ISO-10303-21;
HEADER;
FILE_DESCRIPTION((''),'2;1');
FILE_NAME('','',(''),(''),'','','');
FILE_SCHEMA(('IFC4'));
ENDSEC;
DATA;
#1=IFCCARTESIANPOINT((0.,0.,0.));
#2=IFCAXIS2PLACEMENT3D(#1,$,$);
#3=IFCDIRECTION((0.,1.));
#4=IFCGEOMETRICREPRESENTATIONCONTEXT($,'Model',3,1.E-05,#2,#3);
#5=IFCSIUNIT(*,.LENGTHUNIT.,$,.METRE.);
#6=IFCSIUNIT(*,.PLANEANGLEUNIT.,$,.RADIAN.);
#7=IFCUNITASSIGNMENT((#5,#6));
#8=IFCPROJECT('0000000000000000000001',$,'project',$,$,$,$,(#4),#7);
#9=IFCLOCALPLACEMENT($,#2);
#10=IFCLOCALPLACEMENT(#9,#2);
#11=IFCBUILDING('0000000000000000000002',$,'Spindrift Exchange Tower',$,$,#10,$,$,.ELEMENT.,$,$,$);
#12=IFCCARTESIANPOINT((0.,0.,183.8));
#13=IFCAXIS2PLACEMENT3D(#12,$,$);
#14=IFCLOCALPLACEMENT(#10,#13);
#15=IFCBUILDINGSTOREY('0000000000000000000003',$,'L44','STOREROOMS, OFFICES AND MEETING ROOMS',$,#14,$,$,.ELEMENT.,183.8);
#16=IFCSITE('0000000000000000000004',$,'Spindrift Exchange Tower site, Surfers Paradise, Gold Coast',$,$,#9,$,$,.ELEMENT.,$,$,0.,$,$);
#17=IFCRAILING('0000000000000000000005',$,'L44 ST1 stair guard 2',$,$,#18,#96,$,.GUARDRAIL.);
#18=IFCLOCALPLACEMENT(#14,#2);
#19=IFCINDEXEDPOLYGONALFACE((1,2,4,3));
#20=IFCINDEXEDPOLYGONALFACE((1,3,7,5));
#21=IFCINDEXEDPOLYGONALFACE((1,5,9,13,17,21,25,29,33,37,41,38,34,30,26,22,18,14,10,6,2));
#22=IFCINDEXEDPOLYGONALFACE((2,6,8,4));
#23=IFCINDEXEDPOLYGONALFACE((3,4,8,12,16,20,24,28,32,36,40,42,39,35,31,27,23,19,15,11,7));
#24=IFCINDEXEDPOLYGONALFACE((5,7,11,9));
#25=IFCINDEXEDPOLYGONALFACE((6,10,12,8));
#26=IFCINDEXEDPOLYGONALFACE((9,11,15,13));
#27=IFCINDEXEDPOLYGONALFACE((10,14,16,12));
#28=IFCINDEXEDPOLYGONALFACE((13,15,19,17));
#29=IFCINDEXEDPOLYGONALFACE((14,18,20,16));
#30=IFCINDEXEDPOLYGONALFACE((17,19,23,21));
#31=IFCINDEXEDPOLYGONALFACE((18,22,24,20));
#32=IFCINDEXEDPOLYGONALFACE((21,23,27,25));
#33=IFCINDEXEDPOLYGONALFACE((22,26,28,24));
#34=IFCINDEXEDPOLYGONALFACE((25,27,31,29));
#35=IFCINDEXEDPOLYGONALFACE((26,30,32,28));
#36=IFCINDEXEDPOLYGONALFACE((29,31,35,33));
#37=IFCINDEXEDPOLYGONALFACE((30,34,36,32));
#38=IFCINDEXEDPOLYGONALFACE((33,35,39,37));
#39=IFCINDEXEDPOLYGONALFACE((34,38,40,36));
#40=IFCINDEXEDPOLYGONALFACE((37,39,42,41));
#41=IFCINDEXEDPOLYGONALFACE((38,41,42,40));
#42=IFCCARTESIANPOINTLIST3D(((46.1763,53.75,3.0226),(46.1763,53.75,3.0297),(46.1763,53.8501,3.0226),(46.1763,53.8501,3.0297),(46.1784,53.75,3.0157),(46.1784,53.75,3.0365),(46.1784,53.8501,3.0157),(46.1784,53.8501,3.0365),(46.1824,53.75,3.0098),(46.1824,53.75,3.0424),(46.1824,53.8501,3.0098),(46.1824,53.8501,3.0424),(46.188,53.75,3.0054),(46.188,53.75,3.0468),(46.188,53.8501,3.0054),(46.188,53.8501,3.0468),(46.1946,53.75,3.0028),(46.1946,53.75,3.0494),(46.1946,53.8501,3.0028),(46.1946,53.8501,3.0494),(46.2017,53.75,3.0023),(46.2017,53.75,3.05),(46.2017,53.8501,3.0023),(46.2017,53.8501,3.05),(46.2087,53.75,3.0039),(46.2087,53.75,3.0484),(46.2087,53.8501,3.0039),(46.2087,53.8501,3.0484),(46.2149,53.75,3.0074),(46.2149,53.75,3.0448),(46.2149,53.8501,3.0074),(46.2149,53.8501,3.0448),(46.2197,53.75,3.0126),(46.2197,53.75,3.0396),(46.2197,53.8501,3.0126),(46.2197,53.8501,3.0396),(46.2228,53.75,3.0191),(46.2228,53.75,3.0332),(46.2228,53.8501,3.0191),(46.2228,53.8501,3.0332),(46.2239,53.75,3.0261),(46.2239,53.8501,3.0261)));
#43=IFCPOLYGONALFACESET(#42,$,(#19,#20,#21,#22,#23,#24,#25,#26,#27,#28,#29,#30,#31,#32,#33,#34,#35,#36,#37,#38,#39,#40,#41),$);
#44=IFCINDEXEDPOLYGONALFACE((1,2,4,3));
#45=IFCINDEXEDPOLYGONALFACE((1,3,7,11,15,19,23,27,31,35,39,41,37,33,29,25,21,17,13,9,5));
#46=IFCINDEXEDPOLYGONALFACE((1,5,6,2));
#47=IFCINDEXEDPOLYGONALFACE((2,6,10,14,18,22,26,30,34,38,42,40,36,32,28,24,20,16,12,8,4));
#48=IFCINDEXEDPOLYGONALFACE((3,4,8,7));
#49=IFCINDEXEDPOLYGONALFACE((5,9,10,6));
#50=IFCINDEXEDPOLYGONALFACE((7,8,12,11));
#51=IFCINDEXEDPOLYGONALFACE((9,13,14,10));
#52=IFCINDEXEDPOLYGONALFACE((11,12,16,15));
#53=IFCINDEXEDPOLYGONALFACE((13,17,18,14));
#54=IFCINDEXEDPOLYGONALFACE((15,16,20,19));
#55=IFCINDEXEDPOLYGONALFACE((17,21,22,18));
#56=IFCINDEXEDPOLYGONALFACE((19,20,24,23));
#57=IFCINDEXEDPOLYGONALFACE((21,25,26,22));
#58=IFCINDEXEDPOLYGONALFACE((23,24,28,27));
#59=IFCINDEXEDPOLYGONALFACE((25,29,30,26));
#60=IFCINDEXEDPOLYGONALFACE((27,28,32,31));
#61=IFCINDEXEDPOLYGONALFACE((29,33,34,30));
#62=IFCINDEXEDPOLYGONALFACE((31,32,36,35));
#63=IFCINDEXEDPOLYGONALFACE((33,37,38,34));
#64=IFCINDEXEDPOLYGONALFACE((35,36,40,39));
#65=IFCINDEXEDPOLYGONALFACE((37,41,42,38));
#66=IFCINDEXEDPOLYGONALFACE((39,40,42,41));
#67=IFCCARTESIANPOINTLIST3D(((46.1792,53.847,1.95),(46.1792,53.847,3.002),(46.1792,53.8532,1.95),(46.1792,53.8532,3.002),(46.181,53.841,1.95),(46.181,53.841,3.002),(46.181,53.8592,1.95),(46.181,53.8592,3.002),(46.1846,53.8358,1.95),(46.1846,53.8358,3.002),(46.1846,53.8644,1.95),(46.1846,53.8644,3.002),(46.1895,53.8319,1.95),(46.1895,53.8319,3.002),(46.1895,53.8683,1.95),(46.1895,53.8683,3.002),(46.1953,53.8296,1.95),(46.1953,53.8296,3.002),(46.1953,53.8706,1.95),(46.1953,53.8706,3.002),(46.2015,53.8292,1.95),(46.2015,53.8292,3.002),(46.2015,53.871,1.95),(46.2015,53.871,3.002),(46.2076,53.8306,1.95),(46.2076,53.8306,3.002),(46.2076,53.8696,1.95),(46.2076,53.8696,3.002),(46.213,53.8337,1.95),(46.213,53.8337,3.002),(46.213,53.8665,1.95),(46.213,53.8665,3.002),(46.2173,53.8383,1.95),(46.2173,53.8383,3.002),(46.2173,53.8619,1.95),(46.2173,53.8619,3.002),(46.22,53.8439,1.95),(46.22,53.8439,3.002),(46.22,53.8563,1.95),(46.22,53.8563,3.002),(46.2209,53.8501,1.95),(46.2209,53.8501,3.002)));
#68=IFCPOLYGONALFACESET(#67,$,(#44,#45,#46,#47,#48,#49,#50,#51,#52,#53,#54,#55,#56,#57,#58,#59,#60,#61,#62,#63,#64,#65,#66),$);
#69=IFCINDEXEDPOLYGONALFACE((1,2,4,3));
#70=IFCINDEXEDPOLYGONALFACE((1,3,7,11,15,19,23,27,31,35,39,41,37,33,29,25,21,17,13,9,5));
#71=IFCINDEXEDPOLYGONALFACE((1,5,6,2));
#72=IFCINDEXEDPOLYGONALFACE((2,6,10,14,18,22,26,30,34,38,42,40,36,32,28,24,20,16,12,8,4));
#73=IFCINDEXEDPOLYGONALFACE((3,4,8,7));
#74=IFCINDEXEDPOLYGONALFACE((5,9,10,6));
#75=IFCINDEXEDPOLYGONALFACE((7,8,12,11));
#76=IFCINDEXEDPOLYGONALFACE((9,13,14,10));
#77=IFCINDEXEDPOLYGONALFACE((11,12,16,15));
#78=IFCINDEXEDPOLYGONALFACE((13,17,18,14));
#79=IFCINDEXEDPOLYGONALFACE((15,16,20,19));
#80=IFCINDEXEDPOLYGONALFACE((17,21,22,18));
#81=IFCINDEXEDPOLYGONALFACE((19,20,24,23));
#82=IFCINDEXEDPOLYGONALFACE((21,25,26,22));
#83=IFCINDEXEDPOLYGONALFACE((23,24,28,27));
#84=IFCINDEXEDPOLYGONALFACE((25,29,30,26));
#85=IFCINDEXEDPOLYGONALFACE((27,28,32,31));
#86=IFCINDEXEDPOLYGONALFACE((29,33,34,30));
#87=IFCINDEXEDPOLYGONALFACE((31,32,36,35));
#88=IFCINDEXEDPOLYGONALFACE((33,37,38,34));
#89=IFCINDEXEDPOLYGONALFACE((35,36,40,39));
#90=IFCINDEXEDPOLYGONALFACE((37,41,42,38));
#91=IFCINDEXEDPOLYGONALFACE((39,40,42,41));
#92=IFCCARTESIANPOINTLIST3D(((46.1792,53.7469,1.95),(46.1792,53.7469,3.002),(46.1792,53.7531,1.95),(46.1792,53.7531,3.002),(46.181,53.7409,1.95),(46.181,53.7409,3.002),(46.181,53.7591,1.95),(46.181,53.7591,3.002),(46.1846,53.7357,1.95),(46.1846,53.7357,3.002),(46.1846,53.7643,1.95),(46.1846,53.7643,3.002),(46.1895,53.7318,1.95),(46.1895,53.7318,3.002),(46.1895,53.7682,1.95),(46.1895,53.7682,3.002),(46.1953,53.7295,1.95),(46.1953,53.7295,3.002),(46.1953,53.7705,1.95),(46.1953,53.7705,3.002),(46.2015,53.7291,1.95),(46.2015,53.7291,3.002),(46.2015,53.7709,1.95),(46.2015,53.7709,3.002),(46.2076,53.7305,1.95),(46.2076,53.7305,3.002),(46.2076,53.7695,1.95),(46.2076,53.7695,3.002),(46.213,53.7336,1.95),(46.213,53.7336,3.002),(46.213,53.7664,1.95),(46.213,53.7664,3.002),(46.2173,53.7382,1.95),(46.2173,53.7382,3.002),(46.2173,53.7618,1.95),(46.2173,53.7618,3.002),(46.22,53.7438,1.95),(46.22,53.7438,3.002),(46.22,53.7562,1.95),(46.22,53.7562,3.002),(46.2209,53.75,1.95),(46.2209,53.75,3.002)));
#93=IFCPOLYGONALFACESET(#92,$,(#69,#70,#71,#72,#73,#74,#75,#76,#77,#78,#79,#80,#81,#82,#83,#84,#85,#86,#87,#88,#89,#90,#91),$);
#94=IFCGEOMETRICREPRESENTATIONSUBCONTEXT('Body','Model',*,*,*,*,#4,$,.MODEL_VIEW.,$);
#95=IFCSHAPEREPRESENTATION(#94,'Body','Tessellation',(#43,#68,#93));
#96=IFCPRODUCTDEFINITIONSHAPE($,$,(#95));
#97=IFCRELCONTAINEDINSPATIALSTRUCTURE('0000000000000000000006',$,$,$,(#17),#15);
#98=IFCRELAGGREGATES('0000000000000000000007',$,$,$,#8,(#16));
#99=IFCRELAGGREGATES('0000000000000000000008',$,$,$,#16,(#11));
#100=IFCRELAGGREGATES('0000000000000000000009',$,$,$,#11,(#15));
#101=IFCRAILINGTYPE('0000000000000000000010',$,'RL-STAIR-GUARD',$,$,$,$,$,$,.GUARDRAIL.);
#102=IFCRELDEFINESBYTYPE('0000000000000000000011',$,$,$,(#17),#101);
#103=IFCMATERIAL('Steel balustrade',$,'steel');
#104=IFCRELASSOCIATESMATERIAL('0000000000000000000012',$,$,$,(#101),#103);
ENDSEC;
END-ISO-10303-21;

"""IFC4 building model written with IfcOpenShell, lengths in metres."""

from ifc_helpers import new_model, si_unit, direction, frame, origin, origin_2d, place, context, subcontext, project, spatial, circle, extrude, material, type_object, element, save


model = new_model("IFC4")

# Units and contexts
model_context = context("Model", 3, precision=1e-05, world=origin(), true_north=direction((0.0, 1.0)))
body_context = subcontext(model_context, "Body", "Model", "MODEL_VIEW")
ifc_project = project(units=[si_unit("LENGTHUNIT", "METRE"), si_unit("PLANEANGLEUNIT", "RADIAN")], contexts=[model_context])

# Site, building, storey
site_placement = place(None, origin())
site = spatial("IfcSite", under=ifc_project, at=site_placement, Name="Spindrift Exchange Tower site, Surfers Paradise, Gold Coast", CompositionType="ELEMENT", RefElevation=0.0)
building_placement = place(site_placement, origin())
building = spatial("IfcBuilding", under=site, at=building_placement, Name="Spindrift Exchange Tower", CompositionType="ELEMENT")
storey_placement = place(building_placement, frame((0.0, 0.0, 183.8)))
storey = spatial("IfcBuildingStorey", under=building, at=storey_placement, Name="L44", Description="STOREROOMS, OFFICES AND MEETING ROOMS", CompositionType="ELEMENT", Elevation=183.8)

# Railing
ifc_material_1 = material(Name="Steel balustrade", Category="steel")
railing_type_1 = type_object("IfcRailingType", Name="RL-STAIR-GUARD", PredefinedType="GUARDRAIL", material=ifc_material_1)
railing_1_placement = place(storey_placement, frame((46.2, 53.8501, 1.95)))
element("IfcRailing", 1, at=railing_1_placement, inside=storey, type_object=railing_type_1, Name="L44 ST1 stair guard 2", PredefinedType="GUARDRAIL", context=body_context, shape_type="SweptSolid", body=[
    extrude(circle(Radius=0.0239, at=origin_2d()), frame((0.0, 0.0, 1.0762), z_axis=(0.0, -1.0, 0.0), x_axis=(1.0, 0.0, 0.0)), (0.0, 0.0, 1.0), 0.1001),
    extrude(circle(Radius=0.021, at=origin_2d()), origin(), (0.0, 0.0, 1.0), 1.052),
    extrude(circle(Radius=0.021, at=origin_2d()), frame((0.0, -0.1001, 0.0)), (0.0, 0.0, 1.0), 1.052),
])

save(model, "model.ifc")
